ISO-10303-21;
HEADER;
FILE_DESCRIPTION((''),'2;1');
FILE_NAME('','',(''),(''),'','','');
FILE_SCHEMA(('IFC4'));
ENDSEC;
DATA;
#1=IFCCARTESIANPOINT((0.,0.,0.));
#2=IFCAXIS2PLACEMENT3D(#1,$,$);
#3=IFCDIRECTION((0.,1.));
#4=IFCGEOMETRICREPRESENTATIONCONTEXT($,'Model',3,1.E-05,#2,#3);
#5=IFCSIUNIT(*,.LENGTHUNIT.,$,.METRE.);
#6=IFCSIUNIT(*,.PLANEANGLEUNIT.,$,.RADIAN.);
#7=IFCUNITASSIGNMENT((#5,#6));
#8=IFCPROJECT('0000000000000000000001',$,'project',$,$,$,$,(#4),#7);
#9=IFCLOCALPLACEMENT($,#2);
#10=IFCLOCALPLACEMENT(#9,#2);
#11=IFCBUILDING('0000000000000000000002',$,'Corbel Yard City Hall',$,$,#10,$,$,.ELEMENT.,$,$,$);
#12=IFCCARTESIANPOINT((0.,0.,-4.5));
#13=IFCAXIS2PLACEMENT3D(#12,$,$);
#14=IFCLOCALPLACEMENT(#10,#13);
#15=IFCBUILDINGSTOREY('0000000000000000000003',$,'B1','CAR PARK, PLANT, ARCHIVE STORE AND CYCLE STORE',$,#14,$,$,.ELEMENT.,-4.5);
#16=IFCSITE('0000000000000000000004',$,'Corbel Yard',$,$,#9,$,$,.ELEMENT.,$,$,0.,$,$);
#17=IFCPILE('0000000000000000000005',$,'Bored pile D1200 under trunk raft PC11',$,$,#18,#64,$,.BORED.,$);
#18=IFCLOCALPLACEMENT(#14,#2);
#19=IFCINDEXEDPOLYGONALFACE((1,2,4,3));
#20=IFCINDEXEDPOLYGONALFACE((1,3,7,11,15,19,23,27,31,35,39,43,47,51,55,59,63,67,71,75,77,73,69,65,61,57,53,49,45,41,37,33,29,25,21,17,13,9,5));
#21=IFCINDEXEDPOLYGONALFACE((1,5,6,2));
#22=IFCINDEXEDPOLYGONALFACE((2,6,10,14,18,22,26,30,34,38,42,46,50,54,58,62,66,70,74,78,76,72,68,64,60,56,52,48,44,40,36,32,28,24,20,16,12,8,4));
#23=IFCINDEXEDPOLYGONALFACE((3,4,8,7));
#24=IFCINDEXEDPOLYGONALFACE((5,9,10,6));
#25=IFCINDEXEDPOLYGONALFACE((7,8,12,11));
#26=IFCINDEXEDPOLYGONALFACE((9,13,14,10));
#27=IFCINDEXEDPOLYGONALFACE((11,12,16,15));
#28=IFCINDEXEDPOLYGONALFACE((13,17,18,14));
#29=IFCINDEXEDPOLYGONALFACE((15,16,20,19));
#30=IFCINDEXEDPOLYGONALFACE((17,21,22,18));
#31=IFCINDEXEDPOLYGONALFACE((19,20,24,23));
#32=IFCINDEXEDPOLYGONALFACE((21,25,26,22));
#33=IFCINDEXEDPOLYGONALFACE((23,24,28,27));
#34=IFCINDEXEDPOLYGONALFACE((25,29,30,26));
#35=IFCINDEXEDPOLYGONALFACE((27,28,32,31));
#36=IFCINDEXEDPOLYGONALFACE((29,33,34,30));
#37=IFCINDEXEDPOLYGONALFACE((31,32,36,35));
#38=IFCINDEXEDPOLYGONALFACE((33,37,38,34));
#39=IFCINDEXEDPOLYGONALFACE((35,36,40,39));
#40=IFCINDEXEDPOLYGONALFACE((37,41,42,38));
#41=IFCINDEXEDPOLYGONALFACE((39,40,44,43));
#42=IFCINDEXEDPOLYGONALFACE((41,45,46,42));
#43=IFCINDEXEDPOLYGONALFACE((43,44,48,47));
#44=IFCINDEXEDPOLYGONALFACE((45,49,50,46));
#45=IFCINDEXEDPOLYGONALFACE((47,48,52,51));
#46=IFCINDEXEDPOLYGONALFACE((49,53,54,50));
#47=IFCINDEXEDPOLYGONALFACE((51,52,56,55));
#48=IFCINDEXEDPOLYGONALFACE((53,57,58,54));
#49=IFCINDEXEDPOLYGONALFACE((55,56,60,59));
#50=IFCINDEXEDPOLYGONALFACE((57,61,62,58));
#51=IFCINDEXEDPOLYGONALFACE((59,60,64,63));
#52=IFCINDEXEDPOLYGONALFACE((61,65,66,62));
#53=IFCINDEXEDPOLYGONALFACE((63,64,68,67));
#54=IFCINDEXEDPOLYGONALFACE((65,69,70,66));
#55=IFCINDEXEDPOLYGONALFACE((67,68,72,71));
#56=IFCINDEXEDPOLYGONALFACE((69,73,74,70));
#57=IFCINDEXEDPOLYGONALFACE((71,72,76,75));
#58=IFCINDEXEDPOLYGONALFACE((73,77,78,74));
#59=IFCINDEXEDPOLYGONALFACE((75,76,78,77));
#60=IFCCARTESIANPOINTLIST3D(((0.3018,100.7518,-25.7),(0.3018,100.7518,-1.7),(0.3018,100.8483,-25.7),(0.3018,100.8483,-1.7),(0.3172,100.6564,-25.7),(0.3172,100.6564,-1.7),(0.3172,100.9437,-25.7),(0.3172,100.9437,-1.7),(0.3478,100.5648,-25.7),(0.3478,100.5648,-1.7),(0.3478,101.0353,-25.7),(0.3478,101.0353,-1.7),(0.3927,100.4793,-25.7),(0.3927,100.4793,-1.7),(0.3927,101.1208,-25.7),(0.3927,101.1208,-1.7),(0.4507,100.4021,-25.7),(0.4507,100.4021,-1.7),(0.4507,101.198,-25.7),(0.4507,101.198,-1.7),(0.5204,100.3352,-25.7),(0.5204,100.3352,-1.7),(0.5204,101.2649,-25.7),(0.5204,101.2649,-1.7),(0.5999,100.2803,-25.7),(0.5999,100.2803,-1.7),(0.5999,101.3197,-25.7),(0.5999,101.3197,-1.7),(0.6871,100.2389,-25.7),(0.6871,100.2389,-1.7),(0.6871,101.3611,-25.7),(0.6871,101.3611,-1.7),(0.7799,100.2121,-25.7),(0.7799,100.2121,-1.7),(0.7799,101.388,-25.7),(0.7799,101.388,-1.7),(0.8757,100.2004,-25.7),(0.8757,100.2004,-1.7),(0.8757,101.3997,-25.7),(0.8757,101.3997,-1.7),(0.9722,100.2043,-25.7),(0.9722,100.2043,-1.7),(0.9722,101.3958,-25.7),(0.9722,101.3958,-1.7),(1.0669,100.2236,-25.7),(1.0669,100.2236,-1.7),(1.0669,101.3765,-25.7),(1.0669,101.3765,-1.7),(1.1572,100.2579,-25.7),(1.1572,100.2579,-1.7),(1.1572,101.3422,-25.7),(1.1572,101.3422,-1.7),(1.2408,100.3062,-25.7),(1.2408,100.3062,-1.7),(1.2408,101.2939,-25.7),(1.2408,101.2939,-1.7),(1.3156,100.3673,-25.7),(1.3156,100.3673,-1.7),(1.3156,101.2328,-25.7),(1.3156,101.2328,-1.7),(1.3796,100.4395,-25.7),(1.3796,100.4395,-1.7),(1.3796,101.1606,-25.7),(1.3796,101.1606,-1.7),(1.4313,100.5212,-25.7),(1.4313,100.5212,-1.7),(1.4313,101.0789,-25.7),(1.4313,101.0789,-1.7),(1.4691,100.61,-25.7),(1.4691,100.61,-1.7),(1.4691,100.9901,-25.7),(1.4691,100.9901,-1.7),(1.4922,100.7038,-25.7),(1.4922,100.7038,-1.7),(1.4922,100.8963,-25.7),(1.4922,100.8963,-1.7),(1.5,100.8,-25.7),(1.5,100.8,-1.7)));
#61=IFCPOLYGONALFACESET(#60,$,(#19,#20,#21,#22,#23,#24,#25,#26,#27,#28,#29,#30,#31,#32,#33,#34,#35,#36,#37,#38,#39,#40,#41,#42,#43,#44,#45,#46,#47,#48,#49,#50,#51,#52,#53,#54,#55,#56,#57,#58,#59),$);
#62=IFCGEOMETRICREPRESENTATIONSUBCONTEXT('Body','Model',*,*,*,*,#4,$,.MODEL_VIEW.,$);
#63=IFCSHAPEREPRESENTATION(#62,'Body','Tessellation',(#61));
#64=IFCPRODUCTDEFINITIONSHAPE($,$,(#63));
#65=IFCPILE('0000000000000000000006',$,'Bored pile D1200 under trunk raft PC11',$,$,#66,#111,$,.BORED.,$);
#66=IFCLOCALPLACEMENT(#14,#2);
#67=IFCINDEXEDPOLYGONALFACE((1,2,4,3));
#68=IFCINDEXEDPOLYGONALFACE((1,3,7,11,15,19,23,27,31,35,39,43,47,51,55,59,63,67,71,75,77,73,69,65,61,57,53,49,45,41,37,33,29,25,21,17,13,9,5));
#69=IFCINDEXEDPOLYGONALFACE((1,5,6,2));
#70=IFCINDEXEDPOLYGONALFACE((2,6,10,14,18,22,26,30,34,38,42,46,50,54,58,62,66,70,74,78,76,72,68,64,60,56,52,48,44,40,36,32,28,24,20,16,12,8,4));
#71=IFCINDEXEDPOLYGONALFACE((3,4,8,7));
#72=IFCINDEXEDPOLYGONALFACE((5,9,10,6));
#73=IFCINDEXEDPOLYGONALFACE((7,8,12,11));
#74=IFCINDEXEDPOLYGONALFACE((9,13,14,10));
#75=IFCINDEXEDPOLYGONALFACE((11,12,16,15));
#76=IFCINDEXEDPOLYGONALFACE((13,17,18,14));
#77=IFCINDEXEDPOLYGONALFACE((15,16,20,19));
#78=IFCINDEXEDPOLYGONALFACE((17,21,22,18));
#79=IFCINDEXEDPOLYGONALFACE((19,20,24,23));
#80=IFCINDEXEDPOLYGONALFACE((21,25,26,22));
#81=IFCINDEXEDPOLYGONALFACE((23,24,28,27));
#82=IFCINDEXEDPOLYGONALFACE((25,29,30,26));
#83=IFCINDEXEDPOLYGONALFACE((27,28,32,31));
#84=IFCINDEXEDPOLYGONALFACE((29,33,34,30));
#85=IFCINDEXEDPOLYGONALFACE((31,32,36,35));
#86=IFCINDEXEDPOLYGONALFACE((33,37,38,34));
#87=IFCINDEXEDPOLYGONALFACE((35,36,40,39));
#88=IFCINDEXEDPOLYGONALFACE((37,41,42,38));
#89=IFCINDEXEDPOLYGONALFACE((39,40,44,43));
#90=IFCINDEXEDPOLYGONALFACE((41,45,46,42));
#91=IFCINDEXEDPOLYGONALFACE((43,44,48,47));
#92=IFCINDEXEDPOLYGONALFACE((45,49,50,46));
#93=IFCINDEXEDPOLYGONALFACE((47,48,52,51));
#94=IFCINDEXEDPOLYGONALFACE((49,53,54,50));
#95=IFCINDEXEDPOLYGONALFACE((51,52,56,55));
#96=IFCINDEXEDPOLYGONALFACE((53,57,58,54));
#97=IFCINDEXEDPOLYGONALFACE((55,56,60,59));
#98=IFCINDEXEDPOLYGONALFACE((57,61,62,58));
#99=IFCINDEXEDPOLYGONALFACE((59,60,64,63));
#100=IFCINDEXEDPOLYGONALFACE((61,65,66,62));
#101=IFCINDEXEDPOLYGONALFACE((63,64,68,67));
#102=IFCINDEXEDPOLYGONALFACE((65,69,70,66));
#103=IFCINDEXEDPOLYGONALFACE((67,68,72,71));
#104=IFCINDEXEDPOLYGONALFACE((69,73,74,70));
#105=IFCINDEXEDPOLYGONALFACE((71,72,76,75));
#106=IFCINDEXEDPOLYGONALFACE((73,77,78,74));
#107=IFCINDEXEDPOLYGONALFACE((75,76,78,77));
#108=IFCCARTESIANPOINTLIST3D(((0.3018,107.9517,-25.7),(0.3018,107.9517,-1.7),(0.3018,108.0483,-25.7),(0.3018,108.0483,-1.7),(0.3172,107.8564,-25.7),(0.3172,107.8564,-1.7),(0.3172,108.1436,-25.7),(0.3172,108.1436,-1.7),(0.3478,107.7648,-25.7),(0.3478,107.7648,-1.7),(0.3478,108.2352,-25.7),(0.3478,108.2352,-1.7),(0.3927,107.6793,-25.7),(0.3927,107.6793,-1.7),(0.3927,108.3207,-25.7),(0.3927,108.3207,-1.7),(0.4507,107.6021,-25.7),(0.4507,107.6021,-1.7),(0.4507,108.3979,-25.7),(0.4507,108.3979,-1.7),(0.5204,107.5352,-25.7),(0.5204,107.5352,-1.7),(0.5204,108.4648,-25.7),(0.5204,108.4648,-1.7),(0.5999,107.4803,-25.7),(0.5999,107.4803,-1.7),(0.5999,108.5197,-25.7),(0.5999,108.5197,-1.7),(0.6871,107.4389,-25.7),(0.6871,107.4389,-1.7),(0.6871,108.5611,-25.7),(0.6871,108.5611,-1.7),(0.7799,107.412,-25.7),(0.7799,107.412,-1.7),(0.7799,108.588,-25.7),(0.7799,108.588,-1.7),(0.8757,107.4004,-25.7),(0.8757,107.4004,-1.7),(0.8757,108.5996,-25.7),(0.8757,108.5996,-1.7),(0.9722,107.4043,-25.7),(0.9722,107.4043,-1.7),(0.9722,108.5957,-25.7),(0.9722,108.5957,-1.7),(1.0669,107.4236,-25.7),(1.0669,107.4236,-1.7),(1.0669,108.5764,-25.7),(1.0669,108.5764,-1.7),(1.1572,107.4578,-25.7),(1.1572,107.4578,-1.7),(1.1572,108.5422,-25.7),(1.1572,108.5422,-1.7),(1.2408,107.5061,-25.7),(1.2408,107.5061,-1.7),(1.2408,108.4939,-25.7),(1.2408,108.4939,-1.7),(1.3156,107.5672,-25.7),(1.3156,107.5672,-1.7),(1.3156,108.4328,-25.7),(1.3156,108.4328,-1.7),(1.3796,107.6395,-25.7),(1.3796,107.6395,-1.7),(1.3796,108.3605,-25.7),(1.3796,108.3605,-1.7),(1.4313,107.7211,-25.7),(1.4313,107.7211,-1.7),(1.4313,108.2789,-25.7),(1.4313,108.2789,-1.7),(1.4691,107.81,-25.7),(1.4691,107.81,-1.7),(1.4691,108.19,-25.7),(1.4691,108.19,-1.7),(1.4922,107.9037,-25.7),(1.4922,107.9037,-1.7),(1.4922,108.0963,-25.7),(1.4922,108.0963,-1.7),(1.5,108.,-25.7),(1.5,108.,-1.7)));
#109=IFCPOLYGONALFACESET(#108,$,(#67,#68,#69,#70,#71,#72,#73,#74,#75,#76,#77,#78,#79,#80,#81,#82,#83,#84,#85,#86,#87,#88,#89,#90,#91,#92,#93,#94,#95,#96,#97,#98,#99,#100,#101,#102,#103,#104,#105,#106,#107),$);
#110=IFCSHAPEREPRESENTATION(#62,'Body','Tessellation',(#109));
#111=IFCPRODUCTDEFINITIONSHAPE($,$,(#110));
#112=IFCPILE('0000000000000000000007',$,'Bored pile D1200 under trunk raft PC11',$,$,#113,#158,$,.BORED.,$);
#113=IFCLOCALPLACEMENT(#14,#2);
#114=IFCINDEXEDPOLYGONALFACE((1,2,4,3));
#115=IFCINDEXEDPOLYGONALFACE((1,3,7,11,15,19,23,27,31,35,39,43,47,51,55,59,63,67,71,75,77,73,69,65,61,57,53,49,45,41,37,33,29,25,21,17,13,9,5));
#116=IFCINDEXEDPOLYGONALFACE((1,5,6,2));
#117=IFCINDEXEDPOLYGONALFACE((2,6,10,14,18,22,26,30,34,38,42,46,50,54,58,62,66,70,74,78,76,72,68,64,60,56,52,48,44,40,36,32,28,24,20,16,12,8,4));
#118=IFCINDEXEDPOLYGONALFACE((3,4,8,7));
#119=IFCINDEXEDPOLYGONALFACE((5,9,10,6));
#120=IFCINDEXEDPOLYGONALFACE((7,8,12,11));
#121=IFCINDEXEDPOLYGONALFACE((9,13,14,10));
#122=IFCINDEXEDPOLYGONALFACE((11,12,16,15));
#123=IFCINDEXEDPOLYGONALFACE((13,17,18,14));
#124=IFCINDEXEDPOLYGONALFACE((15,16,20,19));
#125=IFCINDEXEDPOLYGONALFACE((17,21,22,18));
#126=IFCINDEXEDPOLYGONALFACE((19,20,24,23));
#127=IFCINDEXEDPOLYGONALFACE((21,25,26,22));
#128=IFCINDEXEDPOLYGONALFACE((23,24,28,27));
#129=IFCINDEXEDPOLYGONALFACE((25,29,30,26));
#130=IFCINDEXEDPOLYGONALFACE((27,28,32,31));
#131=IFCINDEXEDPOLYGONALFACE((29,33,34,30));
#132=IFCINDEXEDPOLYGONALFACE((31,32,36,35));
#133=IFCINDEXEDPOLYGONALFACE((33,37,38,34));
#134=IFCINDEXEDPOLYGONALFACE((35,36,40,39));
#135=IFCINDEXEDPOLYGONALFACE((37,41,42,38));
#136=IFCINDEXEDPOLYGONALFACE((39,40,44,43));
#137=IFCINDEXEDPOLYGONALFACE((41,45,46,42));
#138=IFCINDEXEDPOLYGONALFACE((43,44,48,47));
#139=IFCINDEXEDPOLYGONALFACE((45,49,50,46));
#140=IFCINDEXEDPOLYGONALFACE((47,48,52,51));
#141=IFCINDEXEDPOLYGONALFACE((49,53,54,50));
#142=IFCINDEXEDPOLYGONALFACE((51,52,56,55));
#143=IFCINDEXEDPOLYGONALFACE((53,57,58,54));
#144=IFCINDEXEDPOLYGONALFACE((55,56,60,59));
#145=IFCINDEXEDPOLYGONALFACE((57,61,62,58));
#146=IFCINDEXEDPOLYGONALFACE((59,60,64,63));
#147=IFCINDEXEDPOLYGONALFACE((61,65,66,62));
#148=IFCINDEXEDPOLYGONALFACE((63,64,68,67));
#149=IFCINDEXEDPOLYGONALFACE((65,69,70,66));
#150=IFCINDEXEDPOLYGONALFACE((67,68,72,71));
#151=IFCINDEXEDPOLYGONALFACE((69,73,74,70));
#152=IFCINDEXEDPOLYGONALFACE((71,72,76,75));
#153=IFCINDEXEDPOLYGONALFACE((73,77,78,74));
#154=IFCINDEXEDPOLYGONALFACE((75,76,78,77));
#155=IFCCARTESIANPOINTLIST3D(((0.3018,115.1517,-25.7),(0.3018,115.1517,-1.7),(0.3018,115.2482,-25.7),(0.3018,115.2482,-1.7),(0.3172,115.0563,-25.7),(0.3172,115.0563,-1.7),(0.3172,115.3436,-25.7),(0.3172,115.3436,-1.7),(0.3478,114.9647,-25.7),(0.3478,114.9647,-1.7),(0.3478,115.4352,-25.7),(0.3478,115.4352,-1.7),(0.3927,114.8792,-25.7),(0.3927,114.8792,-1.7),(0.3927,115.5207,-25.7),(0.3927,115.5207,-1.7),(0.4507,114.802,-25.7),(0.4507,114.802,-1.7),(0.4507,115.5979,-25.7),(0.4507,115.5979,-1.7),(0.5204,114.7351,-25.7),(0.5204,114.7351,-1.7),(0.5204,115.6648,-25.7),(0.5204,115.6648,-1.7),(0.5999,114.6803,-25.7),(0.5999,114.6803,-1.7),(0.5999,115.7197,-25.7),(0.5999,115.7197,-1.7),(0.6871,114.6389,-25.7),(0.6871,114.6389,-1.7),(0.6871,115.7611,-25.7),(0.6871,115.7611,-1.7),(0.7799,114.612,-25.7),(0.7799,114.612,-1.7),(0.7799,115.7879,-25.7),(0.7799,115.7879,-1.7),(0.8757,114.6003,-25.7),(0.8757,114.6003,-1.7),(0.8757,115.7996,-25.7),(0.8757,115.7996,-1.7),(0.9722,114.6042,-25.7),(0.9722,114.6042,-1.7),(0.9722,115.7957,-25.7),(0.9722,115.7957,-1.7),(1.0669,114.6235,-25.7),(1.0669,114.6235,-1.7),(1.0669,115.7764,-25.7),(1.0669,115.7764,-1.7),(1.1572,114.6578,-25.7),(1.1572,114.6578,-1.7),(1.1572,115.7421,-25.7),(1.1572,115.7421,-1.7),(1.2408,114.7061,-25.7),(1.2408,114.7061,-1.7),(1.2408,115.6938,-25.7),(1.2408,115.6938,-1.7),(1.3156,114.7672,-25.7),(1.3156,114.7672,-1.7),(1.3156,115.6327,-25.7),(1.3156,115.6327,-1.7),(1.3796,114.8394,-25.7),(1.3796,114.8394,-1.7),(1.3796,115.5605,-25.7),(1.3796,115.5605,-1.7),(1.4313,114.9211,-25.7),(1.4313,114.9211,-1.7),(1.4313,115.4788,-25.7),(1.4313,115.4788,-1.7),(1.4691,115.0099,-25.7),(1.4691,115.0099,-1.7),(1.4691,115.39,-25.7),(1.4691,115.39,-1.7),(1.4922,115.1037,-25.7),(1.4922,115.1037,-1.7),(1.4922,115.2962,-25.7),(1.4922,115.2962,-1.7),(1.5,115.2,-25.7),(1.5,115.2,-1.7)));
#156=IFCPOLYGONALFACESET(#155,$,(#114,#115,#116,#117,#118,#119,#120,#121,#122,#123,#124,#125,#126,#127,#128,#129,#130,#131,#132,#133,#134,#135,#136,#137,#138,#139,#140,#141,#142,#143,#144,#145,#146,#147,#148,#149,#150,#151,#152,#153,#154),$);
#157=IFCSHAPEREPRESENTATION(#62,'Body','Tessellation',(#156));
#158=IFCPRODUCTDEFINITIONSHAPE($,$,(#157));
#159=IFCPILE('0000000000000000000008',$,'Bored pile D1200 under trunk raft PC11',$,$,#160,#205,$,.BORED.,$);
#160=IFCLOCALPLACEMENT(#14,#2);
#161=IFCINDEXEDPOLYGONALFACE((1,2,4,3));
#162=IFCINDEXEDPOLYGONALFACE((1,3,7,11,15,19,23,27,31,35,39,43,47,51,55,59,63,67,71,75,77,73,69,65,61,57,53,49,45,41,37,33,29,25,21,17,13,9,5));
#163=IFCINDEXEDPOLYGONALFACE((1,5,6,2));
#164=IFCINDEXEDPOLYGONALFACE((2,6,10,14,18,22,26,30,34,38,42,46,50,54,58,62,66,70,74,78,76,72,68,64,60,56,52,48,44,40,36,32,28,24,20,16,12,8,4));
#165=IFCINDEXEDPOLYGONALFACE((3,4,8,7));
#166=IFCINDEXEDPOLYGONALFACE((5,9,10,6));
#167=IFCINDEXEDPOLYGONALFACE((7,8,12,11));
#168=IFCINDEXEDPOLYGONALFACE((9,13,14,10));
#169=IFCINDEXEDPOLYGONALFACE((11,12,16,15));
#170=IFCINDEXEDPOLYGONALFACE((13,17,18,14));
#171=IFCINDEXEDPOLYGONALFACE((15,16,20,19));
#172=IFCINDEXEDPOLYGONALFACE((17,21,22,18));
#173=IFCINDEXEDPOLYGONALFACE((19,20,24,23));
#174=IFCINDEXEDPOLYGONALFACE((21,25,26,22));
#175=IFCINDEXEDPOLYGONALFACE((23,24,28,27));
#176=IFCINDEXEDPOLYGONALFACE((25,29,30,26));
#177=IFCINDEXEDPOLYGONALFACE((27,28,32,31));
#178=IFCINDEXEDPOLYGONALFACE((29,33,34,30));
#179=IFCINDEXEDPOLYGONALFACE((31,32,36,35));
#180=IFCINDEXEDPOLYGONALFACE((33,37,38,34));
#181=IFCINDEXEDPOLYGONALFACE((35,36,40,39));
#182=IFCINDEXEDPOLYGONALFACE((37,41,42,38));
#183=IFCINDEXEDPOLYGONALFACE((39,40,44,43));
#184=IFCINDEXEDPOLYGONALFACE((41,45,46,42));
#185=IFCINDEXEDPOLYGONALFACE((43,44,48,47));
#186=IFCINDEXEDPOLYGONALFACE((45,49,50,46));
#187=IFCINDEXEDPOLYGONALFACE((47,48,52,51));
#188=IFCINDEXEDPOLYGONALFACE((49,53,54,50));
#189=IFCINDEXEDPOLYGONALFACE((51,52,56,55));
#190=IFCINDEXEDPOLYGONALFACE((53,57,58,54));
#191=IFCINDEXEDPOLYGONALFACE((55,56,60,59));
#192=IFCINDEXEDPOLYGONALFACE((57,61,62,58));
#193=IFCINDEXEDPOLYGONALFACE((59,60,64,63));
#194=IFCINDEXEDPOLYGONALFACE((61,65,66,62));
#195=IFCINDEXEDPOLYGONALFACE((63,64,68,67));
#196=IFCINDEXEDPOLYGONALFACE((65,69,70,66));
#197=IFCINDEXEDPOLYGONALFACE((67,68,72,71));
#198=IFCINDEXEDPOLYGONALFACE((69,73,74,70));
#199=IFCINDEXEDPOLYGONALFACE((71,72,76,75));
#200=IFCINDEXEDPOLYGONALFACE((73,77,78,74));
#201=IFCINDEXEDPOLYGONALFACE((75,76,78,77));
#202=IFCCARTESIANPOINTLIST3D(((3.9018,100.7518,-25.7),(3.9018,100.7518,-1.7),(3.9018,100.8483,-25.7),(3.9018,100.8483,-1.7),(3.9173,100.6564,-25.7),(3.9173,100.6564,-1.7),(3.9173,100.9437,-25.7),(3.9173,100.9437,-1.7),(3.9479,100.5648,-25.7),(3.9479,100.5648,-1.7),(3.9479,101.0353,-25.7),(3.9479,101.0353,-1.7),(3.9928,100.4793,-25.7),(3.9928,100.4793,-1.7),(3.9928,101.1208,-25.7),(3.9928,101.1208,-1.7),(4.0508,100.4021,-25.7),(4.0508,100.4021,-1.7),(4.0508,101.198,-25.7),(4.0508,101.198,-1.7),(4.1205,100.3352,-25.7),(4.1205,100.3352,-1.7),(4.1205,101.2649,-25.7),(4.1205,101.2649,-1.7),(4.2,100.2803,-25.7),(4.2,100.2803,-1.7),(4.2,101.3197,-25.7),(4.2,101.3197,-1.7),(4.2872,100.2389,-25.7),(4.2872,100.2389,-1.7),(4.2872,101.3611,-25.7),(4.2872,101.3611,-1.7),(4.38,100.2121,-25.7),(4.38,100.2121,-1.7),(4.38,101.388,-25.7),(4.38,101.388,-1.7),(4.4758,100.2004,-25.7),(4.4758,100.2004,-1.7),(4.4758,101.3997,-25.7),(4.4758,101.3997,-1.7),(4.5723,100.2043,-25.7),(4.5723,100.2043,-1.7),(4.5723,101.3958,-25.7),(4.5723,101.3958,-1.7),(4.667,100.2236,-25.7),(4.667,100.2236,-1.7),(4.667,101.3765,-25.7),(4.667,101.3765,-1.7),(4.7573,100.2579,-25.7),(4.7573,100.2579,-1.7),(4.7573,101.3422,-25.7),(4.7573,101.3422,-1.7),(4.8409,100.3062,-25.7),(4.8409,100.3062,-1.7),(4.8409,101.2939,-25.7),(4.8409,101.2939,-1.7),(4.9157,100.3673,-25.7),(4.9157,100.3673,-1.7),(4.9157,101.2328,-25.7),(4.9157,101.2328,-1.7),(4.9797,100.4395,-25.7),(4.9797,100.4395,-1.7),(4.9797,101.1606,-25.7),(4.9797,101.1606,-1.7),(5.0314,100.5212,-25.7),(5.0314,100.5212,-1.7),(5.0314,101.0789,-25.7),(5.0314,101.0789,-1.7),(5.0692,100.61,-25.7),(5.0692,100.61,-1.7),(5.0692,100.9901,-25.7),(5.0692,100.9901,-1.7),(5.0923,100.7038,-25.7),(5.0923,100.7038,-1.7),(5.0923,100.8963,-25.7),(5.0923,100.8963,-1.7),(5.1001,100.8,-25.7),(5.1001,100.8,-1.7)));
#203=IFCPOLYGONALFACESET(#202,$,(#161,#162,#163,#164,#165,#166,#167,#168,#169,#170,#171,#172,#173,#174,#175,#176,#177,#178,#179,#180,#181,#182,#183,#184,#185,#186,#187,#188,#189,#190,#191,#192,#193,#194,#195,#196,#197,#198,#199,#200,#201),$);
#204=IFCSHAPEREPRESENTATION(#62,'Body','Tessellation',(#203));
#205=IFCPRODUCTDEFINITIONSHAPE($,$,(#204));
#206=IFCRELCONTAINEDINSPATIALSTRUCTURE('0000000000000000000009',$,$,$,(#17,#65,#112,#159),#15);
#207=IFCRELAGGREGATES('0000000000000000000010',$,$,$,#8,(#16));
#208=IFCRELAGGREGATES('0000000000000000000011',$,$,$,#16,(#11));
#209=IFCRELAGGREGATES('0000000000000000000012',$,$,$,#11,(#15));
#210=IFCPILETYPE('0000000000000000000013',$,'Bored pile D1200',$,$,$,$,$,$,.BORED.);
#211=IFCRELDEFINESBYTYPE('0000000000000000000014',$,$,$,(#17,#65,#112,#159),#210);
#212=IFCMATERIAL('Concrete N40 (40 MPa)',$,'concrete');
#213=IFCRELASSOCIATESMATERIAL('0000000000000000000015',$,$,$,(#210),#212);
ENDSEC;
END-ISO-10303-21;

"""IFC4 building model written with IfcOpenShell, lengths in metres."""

from ifc_helpers import new_model, si_unit, direction, frame, origin, origin_2d, place, context, subcontext, project, spatial, circle, extrude, material, material_profile, profile_set, type_object, element, save


model = new_model("IFC4")

# Units and contexts
model_context = context("Model", 3, precision=1e-05, world=origin(), true_north=direction((0.0, 1.0)))
body_context = subcontext(model_context, "Body", "Model", "MODEL_VIEW")
ifc_project = project(units=[si_unit("LENGTHUNIT", "METRE"), si_unit("PLANEANGLEUNIT", "RADIAN")], contexts=[model_context])

# Site, building, storey
site_placement = place(None, origin())
site = spatial("IfcSite", under=ifc_project, at=site_placement, Name="Corbel Yard", CompositionType="ELEMENT", RefElevation=0.0)
building_placement = place(site_placement, origin())
building = spatial("IfcBuilding", under=site, at=building_placement, Name="Corbel Yard City Hall", CompositionType="ELEMENT")
storey_placement = place(building_placement, frame((0.0, 0.0, -4.5)))
storey = spatial("IfcBuildingStorey", under=building, at=storey_placement, Name="B1", Description="CAR PARK, PLANT, ARCHIVE STORE AND CYCLE STORE", CompositionType="ELEMENT", Elevation=-4.5)

# Piles
ifc_material_1 = material(Name="Concrete N40 (40 MPa)", Category="concrete")
ifc_material_profile = material_profile(ifc_material_1, circle(Radius=0.6001, at=origin_2d()), Name="D1200")
ifc_profile_set = profile_set([ifc_material_profile], Name="Concrete N40 (40 MPa)")
pile_type = type_object("IfcPileType", Name="Bored pile D1200", PredefinedType="BORED", material=ifc_profile_set)
for number, where, z_axis, x_axis, name in (
    (1, (0.8999, 100.8, -1.7), (0.0, 0.0, -1.0), (1.0, 0.0, 0.0), "Bored pile D1200 under trunk raft PC11"),
    (2, (0.8999, 108.0, -1.7), (0.0, 0.0, -1.0), (1.0, 0.0, 0.0), "Bored pile D1200 under trunk raft PC11"),
    (3, (0.8999, 115.2, -1.7), (0.0, 0.0, -1.0), (1.0, 0.0, 0.0), "Bored pile D1200 under trunk raft PC11"),
    (4, (4.5, 100.8, -1.7), (0.0, 0.0, -1.0), (1.0, 0.0, 0.0), "Bored pile D1200 under trunk raft PC11"),
):
    element("IfcPile", number, at=place(storey_placement, frame(where, z_axis=z_axis, x_axis=x_axis)), inside=storey, type_object=pile_type, Name=name, PredefinedType="BORED", context=body_context, shape_type="SweptSolid", body=[
        extrude(circle(Radius=0.6001, at=origin_2d()), origin(), (0.0, 0.0, 1.0), 24.0),
    ])

save(model, "model.ifc")
